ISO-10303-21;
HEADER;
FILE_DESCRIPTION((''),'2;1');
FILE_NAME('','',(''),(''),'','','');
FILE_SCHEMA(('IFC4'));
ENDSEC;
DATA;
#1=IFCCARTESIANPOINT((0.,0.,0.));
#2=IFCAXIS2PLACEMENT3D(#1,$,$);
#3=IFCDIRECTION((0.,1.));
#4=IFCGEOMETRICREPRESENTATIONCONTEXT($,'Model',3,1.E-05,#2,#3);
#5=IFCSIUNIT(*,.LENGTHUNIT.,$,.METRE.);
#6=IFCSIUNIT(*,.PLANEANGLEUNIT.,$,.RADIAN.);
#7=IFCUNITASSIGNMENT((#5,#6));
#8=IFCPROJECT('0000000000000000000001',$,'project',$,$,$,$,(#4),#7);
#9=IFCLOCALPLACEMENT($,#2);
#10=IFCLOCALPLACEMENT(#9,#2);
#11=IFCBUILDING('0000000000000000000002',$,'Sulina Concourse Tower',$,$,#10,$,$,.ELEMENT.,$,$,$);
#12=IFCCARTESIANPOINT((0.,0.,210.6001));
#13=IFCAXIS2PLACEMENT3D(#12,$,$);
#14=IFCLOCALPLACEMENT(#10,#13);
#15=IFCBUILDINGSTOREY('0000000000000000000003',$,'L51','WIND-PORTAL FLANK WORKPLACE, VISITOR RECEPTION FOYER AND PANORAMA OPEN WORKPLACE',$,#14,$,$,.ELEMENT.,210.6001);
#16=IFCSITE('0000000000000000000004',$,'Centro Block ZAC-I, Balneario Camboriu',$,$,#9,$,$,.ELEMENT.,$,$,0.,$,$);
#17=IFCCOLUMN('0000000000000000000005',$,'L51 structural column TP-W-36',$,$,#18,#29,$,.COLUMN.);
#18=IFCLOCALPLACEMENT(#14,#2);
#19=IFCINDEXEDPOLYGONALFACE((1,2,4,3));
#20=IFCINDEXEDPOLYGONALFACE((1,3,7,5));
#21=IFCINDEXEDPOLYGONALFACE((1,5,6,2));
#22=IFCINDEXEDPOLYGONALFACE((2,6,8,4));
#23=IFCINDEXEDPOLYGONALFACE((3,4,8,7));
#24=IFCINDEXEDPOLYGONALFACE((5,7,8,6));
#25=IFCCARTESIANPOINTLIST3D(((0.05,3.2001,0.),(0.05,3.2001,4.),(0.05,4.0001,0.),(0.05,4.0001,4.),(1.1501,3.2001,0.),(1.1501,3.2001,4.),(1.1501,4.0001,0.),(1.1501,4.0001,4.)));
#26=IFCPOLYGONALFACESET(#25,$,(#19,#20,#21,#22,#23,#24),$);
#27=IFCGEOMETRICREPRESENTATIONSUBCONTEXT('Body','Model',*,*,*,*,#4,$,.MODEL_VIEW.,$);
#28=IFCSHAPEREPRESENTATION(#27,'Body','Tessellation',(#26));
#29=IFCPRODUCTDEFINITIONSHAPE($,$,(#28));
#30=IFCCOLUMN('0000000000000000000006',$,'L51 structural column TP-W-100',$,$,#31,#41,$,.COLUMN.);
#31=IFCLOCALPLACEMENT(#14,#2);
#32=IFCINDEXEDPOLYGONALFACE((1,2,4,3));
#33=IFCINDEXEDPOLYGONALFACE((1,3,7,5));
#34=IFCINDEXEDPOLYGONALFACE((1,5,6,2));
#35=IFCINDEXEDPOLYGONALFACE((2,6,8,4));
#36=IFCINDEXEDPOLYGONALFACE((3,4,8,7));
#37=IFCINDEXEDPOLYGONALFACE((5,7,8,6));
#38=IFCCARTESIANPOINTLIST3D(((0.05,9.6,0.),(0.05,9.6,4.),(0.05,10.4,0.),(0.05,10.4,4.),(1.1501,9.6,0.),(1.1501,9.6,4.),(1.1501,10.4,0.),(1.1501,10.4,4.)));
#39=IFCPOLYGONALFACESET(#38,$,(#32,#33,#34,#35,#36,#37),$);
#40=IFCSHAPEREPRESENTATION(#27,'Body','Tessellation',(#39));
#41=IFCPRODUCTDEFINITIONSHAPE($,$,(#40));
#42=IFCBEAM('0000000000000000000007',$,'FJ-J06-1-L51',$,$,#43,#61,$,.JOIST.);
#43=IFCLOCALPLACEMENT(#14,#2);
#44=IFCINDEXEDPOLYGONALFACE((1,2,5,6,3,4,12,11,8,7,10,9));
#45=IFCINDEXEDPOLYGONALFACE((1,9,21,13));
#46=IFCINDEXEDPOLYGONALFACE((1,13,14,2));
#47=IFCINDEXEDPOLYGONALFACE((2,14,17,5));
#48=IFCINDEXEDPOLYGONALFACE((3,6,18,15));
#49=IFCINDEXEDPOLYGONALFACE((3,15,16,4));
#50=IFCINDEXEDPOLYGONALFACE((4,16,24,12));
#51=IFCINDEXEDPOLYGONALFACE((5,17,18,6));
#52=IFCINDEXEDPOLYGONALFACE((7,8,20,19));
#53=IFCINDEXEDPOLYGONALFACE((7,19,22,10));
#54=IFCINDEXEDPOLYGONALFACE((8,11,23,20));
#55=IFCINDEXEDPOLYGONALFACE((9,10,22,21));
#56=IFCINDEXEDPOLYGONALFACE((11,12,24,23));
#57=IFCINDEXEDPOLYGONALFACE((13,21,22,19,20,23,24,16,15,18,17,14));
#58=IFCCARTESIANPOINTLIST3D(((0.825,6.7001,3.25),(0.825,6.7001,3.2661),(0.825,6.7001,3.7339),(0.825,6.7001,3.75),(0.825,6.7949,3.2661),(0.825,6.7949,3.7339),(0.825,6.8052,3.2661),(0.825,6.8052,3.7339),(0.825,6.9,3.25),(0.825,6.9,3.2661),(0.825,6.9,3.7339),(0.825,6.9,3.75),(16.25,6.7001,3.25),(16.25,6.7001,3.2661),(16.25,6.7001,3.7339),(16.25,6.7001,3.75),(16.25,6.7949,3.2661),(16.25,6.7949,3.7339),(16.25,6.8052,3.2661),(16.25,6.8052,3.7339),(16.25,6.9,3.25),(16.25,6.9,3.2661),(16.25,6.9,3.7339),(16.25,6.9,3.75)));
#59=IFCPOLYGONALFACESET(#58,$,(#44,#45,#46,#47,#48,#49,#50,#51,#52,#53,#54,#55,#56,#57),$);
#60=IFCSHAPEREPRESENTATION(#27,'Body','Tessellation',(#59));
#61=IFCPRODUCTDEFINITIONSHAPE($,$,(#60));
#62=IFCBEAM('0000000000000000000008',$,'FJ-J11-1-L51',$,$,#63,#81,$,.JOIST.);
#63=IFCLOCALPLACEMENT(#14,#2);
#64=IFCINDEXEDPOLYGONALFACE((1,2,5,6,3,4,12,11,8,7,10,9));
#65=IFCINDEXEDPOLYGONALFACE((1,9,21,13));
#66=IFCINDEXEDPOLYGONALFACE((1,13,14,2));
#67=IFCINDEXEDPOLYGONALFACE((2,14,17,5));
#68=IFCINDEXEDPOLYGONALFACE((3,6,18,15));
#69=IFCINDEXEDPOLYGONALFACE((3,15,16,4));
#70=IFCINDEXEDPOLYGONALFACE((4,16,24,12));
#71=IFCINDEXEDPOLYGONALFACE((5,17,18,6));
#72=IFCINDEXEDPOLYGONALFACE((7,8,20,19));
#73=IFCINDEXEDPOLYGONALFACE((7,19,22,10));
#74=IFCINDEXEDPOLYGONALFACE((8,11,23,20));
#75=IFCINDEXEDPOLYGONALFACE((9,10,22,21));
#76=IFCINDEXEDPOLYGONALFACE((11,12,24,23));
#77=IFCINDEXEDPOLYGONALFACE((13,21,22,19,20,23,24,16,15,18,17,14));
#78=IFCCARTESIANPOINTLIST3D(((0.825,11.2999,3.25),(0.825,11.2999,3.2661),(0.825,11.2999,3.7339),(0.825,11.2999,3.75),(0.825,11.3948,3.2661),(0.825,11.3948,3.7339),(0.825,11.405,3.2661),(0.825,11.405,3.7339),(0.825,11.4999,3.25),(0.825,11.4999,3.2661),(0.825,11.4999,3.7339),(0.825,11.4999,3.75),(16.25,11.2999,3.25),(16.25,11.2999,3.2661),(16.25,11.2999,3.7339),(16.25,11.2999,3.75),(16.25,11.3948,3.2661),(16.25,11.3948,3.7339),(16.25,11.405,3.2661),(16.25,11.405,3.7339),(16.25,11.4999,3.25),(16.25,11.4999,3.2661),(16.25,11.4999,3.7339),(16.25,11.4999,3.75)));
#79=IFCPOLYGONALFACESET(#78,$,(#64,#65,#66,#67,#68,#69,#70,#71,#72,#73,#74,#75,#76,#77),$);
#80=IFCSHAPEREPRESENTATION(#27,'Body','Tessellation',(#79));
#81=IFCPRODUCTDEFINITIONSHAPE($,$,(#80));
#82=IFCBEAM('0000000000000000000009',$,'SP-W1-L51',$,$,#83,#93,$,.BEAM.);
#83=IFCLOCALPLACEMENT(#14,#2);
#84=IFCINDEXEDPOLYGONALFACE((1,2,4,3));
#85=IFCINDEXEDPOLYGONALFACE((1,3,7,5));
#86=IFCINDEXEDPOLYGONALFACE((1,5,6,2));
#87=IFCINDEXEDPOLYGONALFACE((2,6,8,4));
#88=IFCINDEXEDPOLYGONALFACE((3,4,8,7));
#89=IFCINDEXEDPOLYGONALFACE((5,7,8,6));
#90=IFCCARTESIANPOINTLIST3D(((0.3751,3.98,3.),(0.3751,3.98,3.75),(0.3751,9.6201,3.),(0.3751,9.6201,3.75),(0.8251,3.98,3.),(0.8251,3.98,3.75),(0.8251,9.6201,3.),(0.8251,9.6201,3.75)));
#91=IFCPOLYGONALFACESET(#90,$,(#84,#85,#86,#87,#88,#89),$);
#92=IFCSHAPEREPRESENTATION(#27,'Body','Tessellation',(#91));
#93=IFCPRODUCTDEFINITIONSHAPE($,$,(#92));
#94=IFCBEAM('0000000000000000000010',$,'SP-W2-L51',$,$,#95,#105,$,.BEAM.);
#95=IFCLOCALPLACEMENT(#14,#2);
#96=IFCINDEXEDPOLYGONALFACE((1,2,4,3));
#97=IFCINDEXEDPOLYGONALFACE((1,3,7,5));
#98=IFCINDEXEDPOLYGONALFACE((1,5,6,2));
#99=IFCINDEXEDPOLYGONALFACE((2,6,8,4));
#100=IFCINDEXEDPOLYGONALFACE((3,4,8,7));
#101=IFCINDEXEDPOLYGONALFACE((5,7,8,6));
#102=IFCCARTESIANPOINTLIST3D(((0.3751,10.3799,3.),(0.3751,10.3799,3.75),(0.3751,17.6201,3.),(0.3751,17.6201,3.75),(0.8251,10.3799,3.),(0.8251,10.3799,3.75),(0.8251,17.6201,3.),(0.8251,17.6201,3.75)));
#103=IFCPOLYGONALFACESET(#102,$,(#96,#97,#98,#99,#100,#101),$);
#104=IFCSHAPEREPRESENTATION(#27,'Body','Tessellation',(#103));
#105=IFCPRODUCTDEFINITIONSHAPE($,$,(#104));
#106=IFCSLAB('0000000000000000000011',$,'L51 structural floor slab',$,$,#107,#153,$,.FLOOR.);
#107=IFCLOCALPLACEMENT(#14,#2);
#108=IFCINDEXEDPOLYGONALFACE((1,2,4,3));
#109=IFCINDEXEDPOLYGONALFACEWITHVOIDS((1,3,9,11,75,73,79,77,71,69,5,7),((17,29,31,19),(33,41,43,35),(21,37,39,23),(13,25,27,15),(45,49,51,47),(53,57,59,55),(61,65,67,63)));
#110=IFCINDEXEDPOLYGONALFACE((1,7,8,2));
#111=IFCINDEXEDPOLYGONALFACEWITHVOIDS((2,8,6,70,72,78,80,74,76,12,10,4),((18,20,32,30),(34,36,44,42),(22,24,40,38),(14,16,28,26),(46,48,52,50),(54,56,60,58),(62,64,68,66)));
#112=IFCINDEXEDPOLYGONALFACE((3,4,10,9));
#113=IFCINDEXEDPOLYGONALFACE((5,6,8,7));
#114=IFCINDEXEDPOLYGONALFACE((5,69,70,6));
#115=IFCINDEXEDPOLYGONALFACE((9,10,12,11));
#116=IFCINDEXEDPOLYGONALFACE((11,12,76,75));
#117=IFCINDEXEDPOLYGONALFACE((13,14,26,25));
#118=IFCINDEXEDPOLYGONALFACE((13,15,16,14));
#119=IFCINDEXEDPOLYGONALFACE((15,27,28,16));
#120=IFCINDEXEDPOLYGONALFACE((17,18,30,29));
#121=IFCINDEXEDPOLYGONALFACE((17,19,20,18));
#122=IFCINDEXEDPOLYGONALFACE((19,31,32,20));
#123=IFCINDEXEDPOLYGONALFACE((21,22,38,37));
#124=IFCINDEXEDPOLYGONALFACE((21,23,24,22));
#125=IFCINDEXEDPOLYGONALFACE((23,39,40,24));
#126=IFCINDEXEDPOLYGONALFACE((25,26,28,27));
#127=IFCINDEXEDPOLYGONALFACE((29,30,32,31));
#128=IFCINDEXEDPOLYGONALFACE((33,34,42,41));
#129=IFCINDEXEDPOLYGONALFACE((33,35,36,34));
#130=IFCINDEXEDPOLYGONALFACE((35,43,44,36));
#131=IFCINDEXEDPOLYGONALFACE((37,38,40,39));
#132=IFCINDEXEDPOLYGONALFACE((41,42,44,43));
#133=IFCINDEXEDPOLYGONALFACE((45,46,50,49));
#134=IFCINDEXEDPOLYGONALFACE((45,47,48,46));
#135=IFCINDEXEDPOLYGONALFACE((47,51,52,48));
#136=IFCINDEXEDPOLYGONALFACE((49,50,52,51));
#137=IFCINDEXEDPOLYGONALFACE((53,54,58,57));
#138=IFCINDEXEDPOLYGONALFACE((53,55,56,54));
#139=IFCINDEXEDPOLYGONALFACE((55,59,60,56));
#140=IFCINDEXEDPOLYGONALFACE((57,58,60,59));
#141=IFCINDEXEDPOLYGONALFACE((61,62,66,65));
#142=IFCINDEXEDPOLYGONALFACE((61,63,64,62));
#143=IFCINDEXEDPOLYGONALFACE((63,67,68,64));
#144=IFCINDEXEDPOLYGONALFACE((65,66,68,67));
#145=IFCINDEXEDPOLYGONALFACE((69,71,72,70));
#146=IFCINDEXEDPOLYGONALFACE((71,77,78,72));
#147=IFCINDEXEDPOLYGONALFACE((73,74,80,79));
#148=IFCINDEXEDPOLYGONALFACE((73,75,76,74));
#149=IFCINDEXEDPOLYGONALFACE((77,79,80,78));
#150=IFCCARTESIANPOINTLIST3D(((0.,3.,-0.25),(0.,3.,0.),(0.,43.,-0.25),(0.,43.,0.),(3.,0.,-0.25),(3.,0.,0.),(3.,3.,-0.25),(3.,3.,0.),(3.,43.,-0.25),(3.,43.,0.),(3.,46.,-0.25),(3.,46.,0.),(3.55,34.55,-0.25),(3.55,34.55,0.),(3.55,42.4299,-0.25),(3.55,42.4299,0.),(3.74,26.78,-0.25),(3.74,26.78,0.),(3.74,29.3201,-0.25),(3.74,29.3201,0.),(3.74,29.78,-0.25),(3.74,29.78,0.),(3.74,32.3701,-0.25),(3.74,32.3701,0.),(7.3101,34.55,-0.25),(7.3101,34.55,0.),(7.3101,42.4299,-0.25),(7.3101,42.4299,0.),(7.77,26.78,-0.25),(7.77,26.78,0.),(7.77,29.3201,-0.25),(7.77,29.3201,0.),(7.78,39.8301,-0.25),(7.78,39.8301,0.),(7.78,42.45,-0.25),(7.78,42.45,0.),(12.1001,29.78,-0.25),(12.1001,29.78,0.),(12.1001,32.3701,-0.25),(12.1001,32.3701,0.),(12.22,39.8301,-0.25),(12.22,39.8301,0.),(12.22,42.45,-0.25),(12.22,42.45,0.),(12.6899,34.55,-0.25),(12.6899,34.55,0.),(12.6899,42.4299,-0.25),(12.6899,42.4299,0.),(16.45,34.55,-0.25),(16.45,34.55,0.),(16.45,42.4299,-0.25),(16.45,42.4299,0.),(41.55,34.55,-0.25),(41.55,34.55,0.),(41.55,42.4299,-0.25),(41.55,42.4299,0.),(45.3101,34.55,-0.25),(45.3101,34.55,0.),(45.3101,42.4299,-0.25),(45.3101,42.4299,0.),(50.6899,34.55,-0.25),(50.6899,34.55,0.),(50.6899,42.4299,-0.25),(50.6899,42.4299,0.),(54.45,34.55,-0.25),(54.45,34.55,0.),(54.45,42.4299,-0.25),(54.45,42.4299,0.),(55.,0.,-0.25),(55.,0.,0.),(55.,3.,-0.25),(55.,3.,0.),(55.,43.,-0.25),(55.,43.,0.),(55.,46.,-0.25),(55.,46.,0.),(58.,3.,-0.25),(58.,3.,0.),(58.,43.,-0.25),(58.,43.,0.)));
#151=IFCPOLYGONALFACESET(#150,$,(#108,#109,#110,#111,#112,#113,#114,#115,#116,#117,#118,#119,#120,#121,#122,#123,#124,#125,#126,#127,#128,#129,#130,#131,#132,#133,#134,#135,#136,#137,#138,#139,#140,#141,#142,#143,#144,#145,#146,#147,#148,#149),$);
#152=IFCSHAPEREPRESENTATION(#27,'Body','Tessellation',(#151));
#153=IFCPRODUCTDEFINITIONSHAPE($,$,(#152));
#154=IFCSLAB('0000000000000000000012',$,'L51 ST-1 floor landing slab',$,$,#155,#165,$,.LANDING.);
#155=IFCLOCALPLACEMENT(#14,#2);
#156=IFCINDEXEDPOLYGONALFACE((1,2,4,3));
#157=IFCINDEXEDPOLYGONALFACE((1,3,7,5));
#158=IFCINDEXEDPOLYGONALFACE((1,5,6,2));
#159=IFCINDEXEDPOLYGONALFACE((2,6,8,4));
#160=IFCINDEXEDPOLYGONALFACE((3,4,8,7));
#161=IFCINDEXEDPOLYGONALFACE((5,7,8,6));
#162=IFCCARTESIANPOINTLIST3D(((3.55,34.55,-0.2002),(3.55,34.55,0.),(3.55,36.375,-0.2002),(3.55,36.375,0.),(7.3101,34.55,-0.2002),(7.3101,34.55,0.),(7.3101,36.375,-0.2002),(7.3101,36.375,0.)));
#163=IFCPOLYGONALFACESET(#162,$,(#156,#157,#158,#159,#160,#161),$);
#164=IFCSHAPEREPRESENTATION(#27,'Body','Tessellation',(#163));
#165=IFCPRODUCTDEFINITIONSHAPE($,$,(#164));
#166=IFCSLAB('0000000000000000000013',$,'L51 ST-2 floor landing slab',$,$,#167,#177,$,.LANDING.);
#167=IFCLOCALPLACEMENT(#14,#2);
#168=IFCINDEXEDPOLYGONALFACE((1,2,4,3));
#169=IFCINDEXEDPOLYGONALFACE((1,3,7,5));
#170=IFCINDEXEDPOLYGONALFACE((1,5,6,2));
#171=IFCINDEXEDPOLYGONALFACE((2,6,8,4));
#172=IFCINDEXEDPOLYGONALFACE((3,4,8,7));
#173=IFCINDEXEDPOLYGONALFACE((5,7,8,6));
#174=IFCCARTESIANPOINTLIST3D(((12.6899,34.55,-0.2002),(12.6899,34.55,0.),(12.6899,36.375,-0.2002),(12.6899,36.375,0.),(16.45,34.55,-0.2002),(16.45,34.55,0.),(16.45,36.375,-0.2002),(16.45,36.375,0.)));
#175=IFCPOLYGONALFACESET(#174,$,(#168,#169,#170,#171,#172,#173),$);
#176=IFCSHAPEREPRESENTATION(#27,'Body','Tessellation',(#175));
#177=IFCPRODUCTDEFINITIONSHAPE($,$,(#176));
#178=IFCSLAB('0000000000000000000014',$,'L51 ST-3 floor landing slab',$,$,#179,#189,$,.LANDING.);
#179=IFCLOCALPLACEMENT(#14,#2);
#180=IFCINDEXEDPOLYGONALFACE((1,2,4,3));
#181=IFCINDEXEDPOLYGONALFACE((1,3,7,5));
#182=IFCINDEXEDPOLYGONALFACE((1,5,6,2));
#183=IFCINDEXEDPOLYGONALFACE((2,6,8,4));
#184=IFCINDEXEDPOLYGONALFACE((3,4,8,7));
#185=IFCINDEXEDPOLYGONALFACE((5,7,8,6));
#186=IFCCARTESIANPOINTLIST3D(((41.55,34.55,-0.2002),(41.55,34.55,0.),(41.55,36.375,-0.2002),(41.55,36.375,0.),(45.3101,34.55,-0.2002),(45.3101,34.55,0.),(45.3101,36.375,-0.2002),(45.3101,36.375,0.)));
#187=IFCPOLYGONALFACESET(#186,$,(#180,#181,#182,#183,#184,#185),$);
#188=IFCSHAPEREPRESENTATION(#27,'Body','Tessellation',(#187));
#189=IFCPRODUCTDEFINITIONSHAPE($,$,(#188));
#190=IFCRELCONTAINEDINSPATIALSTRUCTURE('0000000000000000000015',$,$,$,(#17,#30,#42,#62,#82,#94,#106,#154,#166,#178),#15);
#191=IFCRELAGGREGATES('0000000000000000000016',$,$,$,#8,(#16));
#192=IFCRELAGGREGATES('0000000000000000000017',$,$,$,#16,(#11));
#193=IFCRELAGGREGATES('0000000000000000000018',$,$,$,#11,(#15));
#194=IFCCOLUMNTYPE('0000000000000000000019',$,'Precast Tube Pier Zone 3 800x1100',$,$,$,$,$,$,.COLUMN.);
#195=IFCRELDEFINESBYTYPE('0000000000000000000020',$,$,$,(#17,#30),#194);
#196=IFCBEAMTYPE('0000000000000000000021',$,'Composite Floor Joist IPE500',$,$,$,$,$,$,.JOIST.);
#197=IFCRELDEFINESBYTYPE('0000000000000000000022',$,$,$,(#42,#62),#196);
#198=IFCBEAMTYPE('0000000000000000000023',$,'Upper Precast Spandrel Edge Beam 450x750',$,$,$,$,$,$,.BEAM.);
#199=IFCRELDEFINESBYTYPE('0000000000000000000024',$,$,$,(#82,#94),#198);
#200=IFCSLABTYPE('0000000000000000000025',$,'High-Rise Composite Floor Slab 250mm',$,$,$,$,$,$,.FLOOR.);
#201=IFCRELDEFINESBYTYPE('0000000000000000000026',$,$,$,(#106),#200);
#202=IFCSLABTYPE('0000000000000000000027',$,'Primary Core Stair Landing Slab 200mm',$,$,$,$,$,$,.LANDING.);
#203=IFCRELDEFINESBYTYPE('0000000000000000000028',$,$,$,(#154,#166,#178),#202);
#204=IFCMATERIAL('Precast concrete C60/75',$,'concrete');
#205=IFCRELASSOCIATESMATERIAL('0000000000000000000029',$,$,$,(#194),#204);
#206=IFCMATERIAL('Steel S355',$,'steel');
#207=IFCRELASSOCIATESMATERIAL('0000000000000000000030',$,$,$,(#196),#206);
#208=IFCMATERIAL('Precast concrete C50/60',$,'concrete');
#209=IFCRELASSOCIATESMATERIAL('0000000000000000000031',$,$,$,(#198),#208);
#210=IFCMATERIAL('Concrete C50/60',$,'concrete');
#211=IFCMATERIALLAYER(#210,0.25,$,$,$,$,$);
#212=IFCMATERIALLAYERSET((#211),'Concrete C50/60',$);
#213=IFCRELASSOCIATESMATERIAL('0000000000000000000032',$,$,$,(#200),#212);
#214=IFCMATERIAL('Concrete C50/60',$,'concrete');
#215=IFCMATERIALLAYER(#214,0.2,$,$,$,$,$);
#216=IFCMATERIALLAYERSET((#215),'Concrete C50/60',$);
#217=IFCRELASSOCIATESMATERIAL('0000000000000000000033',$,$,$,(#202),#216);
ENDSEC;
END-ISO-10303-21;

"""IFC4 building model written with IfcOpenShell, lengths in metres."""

from ifc_helpers import new_model, si_unit, direction, frame, origin, origin_2d, place, context, subcontext, project, spatial, polyline, rectangle, i_section, outline, extrude, material, layer, layer_set, material_profile, profile_set, type_object, element, save


model = new_model("IFC4")

# Units and contexts
model_context = context("Model", 3, precision=1e-05, world=origin(), true_north=direction((0.0, 1.0)))
body_context = subcontext(model_context, "Body", "Model", "MODEL_VIEW")
ifc_project = project(units=[si_unit("LENGTHUNIT", "METRE"), si_unit("PLANEANGLEUNIT", "RADIAN")], contexts=[model_context])

# Site, building, storey
site_placement = place(None, origin())
site = spatial("IfcSite", under=ifc_project, at=site_placement, Name="Centro Block ZAC-I, Balneario Camboriu", CompositionType="ELEMENT", RefElevation=0.0)
building_placement = place(site_placement, origin())
building = spatial("IfcBuilding", under=site, at=building_placement, Name="Sulina Concourse Tower", CompositionType="ELEMENT")
storey_placement = place(building_placement, frame((0.0, 0.0, 210.6001)))
storey = spatial("IfcBuildingStorey", under=building, at=storey_placement, Name="L51", Description="WIND-PORTAL FLANK WORKPLACE, VISITOR RECEPTION FOYER AND PANORAMA OPEN WORKPLACE", CompositionType="ELEMENT", Elevation=210.6001)

# Columns
ifc_material_1 = material(Name="Precast concrete C60/75", Category="concrete")
ifc_material_profile_1 = material_profile(ifc_material_1, rectangle(XDim=0.8, YDim=1.1001, at=origin_2d()), Name="PC 800x1100")
ifc_profile_set_1 = profile_set([ifc_material_profile_1], Name="Precast concrete C60/75")
column_type = type_object("IfcColumnType", Name="Precast Tube Pier Zone 3 800x1100", PredefinedType="COLUMN", material=ifc_profile_set_1)
for number, where, z_axis, x_axis, name in (
    (1, (0.6001, 3.6001, 0.0), (0.0, 0.0, 1.0), (0.0, 1.0, 0.0), "L51 structural column TP-W-36"),
    (2, (0.6001, 10.0, 0.0), (0.0, 0.0, 1.0), (0.0, 1.0, 0.0), "L51 structural column TP-W-100"),
):
    element("IfcColumn", number, at=place(storey_placement, frame(where, z_axis=z_axis, x_axis=x_axis)), inside=storey, type_object=column_type, Name=name, PredefinedType="COLUMN", context=body_context, shape_type="SweptSolid", body=[
        extrude(rectangle(XDim=0.8, YDim=1.1001, at=origin_2d()), origin(), (0.0, 0.0, 1.0), 4.0),
    ])

# Beams
ifc_material_2 = material(Name="Steel S355", Category="steel")
ifc_material_profile_2 = material_profile(ifc_material_2, i_section(OverallWidth=0.2, OverallDepth=0.5, WebThickness=0.0103, FlangeThickness=0.0161, at=origin_2d()), Name="IPE 500")
ifc_profile_set_2 = profile_set([ifc_material_profile_2], Name="Steel S355")
beam_type_1 = type_object("IfcBeamType", Name="Composite Floor Joist IPE500", PredefinedType="JOIST", material=ifc_profile_set_2)
for number, where, z_axis, x_axis, name in (
    (3, (0.825, 6.8, 3.5), (1.0, 0.0, 0.0), (0.0, 1.0, 0.0), "FJ-J06-1-L51"),
    (4, (0.825, 11.3999, 3.5), (1.0, 0.0, 0.0), (0.0, 1.0, 0.0), "FJ-J11-1-L51"),
):
    element("IfcBeam", number, at=place(storey_placement, frame(where, z_axis=z_axis, x_axis=x_axis)), inside=storey, type_object=beam_type_1, Name=name, PredefinedType="JOIST", context=body_context, shape_type="SweptSolid", body=[
        extrude(i_section(OverallWidth=0.2, OverallDepth=0.5, WebThickness=0.0103, FlangeThickness=0.0161, at=origin_2d()), origin(), (0.0, 0.0, 1.0), 15.425),
    ])
ifc_material_3 = material(Name="Precast concrete C50/60", Category="concrete")
ifc_material_profile_3 = material_profile(ifc_material_3, rectangle(XDim=0.45, YDim=0.75, at=origin_2d()), Name="RC 450x750")
ifc_profile_set_3 = profile_set([ifc_material_profile_3], Name="Precast concrete C50/60")
beam_type_2 = type_object("IfcBeamType", Name="Upper Precast Spandrel Edge Beam 450x750", PredefinedType="BEAM", material=ifc_profile_set_3)
beam_1_placement = place(storey_placement, frame((0.6001, 3.98, 3.375), z_axis=(0.0, 1.0, 0.0), x_axis=(-1.0, 0.0, 0.0)))
element("IfcBeam", 5, at=beam_1_placement, inside=storey, type_object=beam_type_2, Name="SP-W1-L51", PredefinedType="BEAM", context=body_context, shape_type="SweptSolid", body=[
    extrude(rectangle(XDim=0.45, YDim=0.75, at=origin_2d()), origin(), (0.0, 0.0, 1.0), 5.6401),
])
beam_2_placement = place(storey_placement, frame((0.6001, 10.3799, 3.375), z_axis=(0.0, 1.0, 0.0), x_axis=(-1.0, 0.0, 0.0)))
element("IfcBeam", 6, at=beam_2_placement, inside=storey, type_object=beam_type_2, Name="SP-W2-L51", PredefinedType="BEAM", context=body_context, shape_type="SweptSolid", body=[
    extrude(rectangle(XDim=0.45, YDim=0.75, at=origin_2d()), origin(), (0.0, 0.0, 1.0), 7.2402),
])

# Slabs
ifc_material_4 = material(Name="Concrete C50/60", Category="concrete")
ifc_layer_1 = layer(ifc_material_4, 0.25)
ifc_layer_set_1 = layer_set([ifc_layer_1], Name="Concrete C50/60")
slab_type_1 = type_object("IfcSlabType", Name="High-Rise Composite Floor Slab 250mm", PredefinedType="FLOOR", material=ifc_layer_set_1)
slab_1_placement = place(storey_placement, frame((0.0, 0.0, -0.25)))
element("IfcSlab", 7, at=slab_1_placement, inside=storey, type_object=slab_type_1, Name="L51 structural floor slab", PredefinedType="FLOOR", context=body_context, shape_type="SweptSolid", body=[
    extrude(outline(polyline([(3.0, 0.0), (55.0, 0.0), (55.0, 3.0), (58.0, 3.0), (58.0, 43.0), (55.0, 43.0), (55.0, 46.0), (3.0, 46.0), (3.0, 43.0), (0.0, 43.0), (0.0, 3.0), (3.0, 3.0), (3.0, 0.0)]), holes=[polyline([(7.3101, 34.55), (7.3101, 42.4299), (3.55, 42.4299), (3.55, 34.55), (7.3101, 34.55)]), polyline([(16.45, 34.55), (16.45, 42.4299), (12.6899, 42.4299), (12.6899, 34.55), (16.45, 34.55)]), polyline([(45.3101, 34.55), (45.3101, 42.4299), (41.55, 42.4299), (41.55, 34.55), (45.3101, 34.55)]), polyline([(54.45, 34.55), (54.45, 42.4299), (50.6899, 42.4299), (50.6899, 34.55), (54.45, 34.55)]), polyline([(7.78, 39.8301), (12.22, 39.8301), (12.22, 42.45), (7.78, 42.45), (7.78, 39.8301)]), polyline([(3.74, 26.78), (7.77, 26.78), (7.77, 29.3201), (3.74, 29.3201), (3.74, 26.78)]), polyline([(3.74, 29.78), (12.1001, 29.78), (12.1001, 32.3701), (3.74, 32.3701), (3.74, 29.78)])]), origin(), (0.0, 0.0, 1.0), 0.25),
])
ifc_material_5 = material(Name="Concrete C50/60", Category="concrete")
ifc_layer_2 = layer(ifc_material_5, 0.2)
ifc_layer_set_2 = layer_set([ifc_layer_2], Name="Concrete C50/60")
slab_type_2 = type_object("IfcSlabType", Name="Primary Core Stair Landing Slab 200mm", PredefinedType="LANDING", material=ifc_layer_set_2)
slab_2_placement = place(storey_placement, frame((0.0, 0.0, -0.2002)))
element("IfcSlab", 8, at=slab_2_placement, inside=storey, type_object=slab_type_2, Name="L51 ST-1 floor landing slab", PredefinedType="LANDING", context=body_context, shape_type="SweptSolid", body=[
    extrude(outline(polyline([(7.3101, 34.55), (7.3101, 36.375), (3.55, 36.375), (3.55, 34.55), (7.3101, 34.55)])), origin(), (0.0, 0.0, 1.0), 0.2002),
])
slab_3_placement = place(storey_placement, frame((0.0, 0.0, -0.2002)))
element("IfcSlab", 9, at=slab_3_placement, inside=storey, type_object=slab_type_2, Name="L51 ST-2 floor landing slab", PredefinedType="LANDING", context=body_context, shape_type="SweptSolid", body=[
    extrude(outline(polyline([(16.45, 34.55), (16.45, 36.375), (12.6899, 36.375), (12.6899, 34.55), (16.45, 34.55)])), origin(), (0.0, 0.0, 1.0), 0.2002),
])
slab_4_placement = place(storey_placement, frame((0.0, 0.0, -0.2002)))
element("IfcSlab", 10, at=slab_4_placement, inside=storey, type_object=slab_type_2, Name="L51 ST-3 floor landing slab", PredefinedType="LANDING", context=body_context, shape_type="SweptSolid", body=[
    extrude(outline(polyline([(45.3101, 34.55), (45.3101, 36.375), (41.55, 36.375), (41.55, 34.55), (45.3101, 34.55)])), origin(), (0.0, 0.0, 1.0), 0.2002),
])

save(model, "model.ifc")
